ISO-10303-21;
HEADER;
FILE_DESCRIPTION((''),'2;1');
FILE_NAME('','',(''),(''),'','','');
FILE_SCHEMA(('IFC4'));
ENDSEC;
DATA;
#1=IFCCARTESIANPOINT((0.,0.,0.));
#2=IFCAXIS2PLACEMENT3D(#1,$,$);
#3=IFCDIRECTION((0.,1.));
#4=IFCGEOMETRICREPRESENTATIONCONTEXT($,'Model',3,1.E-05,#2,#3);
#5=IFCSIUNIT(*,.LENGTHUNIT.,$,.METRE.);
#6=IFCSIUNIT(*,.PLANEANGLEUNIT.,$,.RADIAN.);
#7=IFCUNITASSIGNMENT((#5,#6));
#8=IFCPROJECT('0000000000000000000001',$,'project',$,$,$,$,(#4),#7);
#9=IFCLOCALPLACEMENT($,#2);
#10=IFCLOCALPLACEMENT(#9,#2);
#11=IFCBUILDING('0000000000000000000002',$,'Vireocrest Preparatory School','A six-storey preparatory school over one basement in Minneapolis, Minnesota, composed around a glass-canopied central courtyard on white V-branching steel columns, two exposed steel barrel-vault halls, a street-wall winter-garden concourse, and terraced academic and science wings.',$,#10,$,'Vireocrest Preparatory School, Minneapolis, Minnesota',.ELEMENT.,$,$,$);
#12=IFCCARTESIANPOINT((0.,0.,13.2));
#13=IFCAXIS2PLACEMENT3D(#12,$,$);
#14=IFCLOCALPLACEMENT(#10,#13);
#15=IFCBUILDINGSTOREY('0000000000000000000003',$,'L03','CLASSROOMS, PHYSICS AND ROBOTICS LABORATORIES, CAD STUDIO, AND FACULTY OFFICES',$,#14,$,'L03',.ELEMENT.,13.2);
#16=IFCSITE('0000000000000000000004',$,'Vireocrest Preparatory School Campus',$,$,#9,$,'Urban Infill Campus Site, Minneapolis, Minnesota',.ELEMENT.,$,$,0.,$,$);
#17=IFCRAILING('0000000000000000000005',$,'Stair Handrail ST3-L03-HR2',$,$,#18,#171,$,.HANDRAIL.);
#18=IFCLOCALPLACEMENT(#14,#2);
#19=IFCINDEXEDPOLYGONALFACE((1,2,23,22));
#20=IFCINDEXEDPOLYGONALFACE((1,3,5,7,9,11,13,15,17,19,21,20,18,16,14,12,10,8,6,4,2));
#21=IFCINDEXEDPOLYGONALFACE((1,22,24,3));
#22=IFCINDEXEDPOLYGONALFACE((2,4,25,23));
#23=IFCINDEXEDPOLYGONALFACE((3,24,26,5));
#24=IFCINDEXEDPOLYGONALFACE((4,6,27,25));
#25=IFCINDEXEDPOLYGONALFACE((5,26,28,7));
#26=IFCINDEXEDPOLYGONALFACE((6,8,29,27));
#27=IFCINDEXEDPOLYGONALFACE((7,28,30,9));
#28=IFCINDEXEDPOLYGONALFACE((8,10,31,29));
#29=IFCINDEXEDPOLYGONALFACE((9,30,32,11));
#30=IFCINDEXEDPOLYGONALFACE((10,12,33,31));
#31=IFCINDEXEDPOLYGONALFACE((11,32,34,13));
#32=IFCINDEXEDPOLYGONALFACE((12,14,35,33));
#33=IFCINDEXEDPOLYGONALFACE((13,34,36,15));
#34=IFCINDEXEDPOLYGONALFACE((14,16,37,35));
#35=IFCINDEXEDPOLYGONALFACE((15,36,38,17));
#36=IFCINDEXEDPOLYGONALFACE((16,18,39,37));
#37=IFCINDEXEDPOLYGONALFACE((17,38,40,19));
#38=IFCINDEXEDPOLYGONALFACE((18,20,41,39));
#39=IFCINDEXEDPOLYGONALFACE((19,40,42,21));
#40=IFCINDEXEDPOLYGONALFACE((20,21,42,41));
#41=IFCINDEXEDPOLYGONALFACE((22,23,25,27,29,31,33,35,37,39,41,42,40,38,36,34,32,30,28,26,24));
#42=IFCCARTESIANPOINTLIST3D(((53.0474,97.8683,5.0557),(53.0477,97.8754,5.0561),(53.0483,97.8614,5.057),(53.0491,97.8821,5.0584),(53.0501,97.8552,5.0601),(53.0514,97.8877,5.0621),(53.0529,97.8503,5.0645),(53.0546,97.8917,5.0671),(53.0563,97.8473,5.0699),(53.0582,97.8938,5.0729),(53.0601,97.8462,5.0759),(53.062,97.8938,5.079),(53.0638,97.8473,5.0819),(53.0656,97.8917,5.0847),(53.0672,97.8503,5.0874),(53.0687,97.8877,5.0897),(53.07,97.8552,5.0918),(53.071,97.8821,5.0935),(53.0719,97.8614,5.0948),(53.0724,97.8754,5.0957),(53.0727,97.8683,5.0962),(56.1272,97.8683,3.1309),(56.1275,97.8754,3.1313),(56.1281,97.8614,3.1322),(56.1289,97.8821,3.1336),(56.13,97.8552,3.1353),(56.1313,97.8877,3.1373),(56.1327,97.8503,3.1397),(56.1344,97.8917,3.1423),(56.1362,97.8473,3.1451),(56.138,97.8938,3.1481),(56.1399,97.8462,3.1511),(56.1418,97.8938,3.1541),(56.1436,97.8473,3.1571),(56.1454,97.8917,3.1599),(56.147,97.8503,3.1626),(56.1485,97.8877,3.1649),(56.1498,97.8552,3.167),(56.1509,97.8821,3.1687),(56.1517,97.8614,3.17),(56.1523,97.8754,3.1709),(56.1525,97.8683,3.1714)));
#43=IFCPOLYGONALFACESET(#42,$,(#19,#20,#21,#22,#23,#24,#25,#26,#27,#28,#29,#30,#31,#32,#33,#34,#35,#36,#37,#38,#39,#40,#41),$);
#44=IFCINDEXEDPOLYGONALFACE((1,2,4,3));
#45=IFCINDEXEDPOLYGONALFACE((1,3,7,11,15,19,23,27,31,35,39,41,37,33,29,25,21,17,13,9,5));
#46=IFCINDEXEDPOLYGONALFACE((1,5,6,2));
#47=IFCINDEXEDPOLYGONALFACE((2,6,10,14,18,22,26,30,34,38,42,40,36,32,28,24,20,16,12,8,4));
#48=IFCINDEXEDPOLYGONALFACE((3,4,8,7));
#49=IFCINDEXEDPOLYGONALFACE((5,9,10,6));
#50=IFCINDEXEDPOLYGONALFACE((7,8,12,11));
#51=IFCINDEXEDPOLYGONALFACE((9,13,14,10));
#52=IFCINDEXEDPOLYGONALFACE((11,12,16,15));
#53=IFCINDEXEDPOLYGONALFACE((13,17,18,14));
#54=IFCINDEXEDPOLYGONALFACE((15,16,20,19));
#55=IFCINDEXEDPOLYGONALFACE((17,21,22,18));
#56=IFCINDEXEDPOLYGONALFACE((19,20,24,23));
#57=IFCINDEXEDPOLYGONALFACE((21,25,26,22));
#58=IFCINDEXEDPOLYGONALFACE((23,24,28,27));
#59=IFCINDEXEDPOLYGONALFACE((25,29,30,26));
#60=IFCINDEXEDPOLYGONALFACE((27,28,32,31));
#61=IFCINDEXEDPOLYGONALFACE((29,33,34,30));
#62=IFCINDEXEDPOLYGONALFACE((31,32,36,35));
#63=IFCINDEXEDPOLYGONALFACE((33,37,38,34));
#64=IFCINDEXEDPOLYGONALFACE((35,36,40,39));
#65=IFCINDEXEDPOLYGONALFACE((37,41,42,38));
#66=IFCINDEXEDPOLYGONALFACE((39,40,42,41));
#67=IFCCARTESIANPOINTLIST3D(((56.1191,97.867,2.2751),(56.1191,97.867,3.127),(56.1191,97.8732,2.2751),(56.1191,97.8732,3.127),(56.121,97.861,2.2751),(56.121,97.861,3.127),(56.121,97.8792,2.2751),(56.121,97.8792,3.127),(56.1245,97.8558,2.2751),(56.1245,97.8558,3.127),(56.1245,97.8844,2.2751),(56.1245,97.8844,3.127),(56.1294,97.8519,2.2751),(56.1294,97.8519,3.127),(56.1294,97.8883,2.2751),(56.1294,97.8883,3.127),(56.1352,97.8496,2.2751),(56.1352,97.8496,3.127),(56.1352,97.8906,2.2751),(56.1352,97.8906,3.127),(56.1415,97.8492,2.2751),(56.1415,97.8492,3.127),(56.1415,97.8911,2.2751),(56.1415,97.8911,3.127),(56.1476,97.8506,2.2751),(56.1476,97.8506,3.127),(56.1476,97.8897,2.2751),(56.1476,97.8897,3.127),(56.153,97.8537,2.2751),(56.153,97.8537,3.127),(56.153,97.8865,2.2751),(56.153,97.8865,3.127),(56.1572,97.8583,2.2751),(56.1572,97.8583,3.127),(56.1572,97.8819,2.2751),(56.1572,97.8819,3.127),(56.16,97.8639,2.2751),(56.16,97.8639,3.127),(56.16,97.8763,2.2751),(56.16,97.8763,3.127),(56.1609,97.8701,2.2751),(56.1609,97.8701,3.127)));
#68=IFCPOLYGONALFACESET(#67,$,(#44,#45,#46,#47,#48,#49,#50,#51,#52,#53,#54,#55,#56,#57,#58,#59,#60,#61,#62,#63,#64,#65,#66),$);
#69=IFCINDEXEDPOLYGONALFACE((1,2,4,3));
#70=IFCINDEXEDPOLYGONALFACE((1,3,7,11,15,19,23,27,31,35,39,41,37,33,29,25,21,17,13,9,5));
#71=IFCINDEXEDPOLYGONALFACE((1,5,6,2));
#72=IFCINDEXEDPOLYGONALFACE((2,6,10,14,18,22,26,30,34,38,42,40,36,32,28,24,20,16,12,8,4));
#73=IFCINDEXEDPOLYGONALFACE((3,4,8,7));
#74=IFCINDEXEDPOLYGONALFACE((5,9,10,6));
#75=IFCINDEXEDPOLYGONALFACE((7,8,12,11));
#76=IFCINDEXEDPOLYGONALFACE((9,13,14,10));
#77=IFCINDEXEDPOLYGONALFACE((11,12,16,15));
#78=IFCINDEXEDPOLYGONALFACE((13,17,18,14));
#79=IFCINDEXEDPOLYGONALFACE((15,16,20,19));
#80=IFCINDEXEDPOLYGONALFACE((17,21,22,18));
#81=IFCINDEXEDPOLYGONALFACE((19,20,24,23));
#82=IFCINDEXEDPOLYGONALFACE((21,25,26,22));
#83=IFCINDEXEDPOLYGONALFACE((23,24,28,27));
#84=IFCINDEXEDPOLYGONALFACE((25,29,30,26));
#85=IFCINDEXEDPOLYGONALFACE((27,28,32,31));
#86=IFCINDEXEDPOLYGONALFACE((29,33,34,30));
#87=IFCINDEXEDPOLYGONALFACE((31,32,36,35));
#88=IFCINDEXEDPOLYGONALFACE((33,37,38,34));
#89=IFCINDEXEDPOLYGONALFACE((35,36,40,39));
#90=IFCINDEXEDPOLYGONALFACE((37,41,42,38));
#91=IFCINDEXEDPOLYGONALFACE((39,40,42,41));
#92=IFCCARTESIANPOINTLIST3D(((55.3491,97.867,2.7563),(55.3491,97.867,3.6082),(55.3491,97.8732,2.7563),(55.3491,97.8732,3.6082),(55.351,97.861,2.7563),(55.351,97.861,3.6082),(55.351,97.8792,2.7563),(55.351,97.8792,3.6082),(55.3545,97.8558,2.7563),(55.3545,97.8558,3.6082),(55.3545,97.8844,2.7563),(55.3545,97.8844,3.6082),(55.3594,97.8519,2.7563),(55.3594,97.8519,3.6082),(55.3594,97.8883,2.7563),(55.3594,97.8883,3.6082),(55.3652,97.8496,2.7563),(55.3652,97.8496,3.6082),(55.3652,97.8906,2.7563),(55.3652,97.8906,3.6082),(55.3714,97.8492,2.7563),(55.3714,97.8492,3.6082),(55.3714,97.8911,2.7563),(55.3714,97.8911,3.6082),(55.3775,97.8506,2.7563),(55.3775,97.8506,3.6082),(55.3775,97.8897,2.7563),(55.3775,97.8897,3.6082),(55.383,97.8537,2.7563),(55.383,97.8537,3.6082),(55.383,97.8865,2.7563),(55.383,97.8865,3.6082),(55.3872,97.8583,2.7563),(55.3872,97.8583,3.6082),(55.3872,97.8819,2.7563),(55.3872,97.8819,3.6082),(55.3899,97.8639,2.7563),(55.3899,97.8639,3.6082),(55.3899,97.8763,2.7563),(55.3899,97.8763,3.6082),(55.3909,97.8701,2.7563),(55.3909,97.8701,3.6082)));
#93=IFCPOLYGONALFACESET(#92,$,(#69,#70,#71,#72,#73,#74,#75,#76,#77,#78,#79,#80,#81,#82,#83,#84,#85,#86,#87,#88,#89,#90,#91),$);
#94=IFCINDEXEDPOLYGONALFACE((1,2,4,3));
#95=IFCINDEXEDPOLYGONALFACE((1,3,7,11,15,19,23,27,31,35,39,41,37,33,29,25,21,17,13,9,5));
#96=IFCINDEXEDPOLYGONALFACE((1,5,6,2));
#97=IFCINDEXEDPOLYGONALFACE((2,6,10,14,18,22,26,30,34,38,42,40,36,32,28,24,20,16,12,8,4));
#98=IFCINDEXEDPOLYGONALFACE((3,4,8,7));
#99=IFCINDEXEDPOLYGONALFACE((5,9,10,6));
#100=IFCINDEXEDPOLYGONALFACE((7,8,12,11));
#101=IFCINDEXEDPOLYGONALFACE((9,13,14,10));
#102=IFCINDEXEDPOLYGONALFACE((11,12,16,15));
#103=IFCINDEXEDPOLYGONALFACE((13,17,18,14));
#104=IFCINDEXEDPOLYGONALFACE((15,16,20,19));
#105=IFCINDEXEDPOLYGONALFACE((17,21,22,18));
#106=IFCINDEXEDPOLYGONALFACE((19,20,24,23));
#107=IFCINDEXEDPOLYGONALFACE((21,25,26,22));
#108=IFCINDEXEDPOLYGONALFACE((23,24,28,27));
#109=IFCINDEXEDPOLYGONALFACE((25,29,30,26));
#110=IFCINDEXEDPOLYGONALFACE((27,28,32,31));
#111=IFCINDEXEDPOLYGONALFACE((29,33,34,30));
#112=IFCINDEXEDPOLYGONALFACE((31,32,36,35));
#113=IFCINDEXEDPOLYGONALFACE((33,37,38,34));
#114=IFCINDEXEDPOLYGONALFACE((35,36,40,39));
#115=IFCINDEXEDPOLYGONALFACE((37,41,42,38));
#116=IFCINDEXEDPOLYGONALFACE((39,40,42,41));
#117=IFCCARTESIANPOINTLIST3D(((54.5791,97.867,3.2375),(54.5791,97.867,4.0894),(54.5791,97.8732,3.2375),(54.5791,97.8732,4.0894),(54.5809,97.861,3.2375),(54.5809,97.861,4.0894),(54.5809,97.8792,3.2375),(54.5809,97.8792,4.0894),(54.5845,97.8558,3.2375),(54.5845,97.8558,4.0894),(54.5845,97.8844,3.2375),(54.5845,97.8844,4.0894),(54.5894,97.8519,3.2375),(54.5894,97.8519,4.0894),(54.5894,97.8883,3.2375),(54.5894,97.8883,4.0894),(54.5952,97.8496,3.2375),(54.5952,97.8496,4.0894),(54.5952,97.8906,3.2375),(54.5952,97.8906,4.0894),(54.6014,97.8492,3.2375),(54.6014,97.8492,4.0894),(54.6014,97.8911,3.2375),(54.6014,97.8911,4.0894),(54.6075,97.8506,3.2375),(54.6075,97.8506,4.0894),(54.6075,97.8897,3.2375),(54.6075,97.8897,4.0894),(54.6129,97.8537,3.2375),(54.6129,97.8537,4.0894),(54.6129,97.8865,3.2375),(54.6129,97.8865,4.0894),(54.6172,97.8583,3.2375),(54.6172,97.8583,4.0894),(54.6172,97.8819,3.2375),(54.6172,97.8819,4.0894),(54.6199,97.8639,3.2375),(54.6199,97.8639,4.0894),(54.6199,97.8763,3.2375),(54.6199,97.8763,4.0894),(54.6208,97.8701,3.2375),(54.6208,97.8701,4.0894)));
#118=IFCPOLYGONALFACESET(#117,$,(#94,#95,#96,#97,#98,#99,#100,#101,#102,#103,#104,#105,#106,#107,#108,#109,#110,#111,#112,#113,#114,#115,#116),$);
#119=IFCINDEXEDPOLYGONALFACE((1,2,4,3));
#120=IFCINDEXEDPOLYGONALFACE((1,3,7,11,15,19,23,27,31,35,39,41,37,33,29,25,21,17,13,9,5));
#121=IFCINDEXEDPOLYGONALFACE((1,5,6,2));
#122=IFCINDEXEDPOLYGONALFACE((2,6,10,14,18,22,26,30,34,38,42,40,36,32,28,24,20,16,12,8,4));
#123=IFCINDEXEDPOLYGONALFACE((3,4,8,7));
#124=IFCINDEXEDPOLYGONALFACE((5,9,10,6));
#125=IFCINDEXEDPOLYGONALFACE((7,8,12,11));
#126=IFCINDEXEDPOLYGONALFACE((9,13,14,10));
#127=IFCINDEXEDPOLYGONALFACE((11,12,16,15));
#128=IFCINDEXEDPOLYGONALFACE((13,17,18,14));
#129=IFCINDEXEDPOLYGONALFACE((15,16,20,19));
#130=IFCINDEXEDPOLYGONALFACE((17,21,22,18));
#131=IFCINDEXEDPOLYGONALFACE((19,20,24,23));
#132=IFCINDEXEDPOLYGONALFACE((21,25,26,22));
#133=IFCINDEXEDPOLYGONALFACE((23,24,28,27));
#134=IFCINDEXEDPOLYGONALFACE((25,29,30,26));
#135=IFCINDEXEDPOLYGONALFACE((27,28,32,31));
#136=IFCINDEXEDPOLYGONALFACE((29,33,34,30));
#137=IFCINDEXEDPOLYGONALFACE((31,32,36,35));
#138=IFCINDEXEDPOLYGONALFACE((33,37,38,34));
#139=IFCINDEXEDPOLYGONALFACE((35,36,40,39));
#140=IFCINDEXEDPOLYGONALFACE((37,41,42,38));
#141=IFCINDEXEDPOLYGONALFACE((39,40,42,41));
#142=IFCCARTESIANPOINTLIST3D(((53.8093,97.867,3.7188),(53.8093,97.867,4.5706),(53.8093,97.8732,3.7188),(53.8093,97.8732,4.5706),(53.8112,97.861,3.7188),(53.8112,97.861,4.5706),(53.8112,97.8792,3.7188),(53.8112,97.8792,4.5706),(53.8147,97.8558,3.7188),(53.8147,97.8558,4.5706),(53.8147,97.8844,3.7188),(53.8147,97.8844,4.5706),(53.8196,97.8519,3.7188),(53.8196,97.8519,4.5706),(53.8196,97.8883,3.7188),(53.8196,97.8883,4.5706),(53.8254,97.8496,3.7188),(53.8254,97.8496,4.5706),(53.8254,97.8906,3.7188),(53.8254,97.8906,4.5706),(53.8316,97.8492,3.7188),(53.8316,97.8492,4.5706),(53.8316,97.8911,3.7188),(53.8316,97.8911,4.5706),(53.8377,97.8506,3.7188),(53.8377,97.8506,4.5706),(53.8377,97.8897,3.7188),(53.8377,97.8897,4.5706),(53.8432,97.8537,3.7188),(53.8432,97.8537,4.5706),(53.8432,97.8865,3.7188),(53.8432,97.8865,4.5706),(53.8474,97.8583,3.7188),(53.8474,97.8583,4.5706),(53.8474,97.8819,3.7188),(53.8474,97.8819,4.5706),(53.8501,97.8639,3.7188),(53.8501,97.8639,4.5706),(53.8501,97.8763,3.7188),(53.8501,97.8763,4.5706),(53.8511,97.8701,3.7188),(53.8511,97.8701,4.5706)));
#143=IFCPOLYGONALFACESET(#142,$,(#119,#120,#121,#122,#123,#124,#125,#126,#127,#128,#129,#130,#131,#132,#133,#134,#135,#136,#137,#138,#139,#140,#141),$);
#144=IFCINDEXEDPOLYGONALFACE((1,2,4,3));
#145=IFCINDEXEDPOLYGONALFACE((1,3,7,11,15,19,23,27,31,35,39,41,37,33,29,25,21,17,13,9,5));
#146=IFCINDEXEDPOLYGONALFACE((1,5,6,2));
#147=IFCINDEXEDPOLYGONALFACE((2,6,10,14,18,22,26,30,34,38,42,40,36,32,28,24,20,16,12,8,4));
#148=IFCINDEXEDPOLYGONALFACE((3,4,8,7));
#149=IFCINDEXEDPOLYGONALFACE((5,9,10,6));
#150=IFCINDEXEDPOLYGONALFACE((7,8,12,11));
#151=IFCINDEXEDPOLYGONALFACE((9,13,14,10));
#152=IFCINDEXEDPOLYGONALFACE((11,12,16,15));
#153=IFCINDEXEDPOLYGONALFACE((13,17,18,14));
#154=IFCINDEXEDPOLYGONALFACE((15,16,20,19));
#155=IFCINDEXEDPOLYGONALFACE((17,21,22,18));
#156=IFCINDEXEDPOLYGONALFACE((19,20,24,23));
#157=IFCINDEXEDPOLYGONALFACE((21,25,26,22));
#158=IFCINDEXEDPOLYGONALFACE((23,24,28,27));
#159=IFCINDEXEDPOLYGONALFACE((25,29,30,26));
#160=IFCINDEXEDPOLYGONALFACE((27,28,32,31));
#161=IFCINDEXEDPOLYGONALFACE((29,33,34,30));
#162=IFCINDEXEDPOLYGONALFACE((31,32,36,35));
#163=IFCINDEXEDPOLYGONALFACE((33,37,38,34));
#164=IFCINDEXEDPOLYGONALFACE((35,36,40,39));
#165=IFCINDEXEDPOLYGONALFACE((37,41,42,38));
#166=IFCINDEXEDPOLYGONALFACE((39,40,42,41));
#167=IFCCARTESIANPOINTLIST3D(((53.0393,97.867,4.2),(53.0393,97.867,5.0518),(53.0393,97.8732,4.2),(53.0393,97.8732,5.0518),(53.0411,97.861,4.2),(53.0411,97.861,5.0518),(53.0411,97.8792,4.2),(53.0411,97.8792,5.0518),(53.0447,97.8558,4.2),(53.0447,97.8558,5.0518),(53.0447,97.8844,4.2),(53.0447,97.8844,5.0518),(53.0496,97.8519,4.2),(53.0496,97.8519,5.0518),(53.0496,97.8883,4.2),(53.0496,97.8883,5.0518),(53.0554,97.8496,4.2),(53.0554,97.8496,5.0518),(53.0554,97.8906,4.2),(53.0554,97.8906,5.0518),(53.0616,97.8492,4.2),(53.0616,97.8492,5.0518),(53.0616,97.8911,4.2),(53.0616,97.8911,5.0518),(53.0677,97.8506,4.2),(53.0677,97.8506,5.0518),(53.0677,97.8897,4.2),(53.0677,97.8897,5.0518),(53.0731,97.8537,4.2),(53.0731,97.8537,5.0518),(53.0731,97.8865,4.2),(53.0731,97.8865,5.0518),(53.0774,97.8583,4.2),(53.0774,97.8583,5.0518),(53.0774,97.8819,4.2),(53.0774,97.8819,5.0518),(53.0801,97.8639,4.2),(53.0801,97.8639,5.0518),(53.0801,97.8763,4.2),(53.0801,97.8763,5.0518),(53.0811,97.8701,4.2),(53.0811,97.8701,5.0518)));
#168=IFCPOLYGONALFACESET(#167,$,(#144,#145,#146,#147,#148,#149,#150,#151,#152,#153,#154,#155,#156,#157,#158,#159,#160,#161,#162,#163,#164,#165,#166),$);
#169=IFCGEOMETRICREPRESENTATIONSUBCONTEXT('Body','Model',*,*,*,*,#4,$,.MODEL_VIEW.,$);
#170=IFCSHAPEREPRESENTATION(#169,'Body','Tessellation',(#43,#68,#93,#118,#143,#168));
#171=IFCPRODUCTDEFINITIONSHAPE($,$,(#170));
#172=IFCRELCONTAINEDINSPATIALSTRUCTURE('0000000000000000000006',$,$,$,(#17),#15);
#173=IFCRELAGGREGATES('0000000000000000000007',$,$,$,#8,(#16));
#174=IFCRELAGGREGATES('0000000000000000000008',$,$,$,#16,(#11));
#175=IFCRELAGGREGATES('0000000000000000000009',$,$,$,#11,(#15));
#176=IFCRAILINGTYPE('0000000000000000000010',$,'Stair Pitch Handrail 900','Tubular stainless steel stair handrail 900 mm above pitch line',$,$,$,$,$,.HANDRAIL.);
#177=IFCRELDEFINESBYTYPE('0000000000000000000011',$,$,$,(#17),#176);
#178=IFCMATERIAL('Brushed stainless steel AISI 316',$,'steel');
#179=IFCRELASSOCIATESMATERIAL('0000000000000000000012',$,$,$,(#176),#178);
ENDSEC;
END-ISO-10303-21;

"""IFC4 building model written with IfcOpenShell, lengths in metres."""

from ifc_helpers import new_model, si_unit, direction, frame, origin, origin_2d, place, context, subcontext, project, spatial, circle, extrude, material, type_object, element, save


model = new_model("IFC4")

# Units and contexts
model_context = context("Model", 3, precision=1e-05, world=origin(), true_north=direction((0.0, 1.0)))
body_context = subcontext(model_context, "Body", "Model", "MODEL_VIEW")
ifc_project = project(units=[si_unit("LENGTHUNIT", "METRE"), si_unit("PLANEANGLEUNIT", "RADIAN")], contexts=[model_context])

# Site, building, storey
site_placement = place(None, origin())
site = spatial("IfcSite", under=ifc_project, at=site_placement, Name="Vireocrest Preparatory School Campus", LongName="Urban Infill Campus Site, Minneapolis, Minnesota", CompositionType="ELEMENT", RefElevation=0.0)
building_placement = place(site_placement, origin())
building = spatial("IfcBuilding", under=site, at=building_placement, Name="Vireocrest Preparatory School", Description="A six-storey preparatory school over one basement in Minneapolis, Minnesota, composed around a glass-canopied central courtyard on white V-branching steel columns, two exposed steel barrel-vault halls, a street-wall winter-garden concourse, and terraced academic and science wings.", LongName="Vireocrest Preparatory School, Minneapolis, Minnesota", CompositionType="ELEMENT")
storey_placement = place(building_placement, frame((0.0, 0.0, 13.2)))
storey = spatial("IfcBuildingStorey", under=building, at=storey_placement, Name="L03", Description="CLASSROOMS, PHYSICS AND ROBOTICS LABORATORIES, CAD STUDIO, AND FACULTY OFFICES", LongName="L03", CompositionType="ELEMENT", Elevation=13.2)

# Railing
ifc_material_1 = material(Name="Brushed stainless steel AISI 316", Category="steel")
railing_type_1 = type_object("IfcRailingType", Name="Stair Pitch Handrail 900", Description="Tubular stainless steel stair handrail 900 mm above pitch line", PredefinedType="HANDRAIL", material=ifc_material_1)
railing_1_placement = place(storey_placement, frame((56.1399, 97.8701, 2.2751)))
element("IfcRailing", 1, at=railing_1_placement, inside=storey, type_object=railing_type_1, Name="Stair Handrail ST3-L03-HR2", PredefinedType="HANDRAIL", context=body_context, shape_type="SweptSolid", body=[
    extrude(circle(Radius=0.0239, at=origin_2d()), frame((0.0, 0.0, 0.876), z_axis=(-0.84801, 0.0, 0.529981), x_axis=(0.0, -1.0, 0.0)), (0.0, 0.0, 1.0), 3.6318),
    extrude(circle(Radius=0.021, at=origin_2d()), origin(), (0.0, 0.0, 1.0), 0.8518),
    extrude(circle(Radius=0.021, at=origin_2d()), frame((-0.77, 0.0, 0.4812)), (0.0, 0.0, 1.0), 0.8518),
    extrude(circle(Radius=0.021, at=origin_2d()), frame((-1.54, 0.0, 0.9624)), (0.0, 0.0, 1.0), 0.8518),
    extrude(circle(Radius=0.021, at=origin_2d()), frame((-2.3098, 0.0, 1.4436)), (0.0, 0.0, 1.0), 0.8518),
    extrude(circle(Radius=0.021, at=origin_2d()), frame((-3.0798, 0.0, 1.9248)), (0.0, 0.0, 1.0), 0.8518),
])

save(model, "model.ifc")
